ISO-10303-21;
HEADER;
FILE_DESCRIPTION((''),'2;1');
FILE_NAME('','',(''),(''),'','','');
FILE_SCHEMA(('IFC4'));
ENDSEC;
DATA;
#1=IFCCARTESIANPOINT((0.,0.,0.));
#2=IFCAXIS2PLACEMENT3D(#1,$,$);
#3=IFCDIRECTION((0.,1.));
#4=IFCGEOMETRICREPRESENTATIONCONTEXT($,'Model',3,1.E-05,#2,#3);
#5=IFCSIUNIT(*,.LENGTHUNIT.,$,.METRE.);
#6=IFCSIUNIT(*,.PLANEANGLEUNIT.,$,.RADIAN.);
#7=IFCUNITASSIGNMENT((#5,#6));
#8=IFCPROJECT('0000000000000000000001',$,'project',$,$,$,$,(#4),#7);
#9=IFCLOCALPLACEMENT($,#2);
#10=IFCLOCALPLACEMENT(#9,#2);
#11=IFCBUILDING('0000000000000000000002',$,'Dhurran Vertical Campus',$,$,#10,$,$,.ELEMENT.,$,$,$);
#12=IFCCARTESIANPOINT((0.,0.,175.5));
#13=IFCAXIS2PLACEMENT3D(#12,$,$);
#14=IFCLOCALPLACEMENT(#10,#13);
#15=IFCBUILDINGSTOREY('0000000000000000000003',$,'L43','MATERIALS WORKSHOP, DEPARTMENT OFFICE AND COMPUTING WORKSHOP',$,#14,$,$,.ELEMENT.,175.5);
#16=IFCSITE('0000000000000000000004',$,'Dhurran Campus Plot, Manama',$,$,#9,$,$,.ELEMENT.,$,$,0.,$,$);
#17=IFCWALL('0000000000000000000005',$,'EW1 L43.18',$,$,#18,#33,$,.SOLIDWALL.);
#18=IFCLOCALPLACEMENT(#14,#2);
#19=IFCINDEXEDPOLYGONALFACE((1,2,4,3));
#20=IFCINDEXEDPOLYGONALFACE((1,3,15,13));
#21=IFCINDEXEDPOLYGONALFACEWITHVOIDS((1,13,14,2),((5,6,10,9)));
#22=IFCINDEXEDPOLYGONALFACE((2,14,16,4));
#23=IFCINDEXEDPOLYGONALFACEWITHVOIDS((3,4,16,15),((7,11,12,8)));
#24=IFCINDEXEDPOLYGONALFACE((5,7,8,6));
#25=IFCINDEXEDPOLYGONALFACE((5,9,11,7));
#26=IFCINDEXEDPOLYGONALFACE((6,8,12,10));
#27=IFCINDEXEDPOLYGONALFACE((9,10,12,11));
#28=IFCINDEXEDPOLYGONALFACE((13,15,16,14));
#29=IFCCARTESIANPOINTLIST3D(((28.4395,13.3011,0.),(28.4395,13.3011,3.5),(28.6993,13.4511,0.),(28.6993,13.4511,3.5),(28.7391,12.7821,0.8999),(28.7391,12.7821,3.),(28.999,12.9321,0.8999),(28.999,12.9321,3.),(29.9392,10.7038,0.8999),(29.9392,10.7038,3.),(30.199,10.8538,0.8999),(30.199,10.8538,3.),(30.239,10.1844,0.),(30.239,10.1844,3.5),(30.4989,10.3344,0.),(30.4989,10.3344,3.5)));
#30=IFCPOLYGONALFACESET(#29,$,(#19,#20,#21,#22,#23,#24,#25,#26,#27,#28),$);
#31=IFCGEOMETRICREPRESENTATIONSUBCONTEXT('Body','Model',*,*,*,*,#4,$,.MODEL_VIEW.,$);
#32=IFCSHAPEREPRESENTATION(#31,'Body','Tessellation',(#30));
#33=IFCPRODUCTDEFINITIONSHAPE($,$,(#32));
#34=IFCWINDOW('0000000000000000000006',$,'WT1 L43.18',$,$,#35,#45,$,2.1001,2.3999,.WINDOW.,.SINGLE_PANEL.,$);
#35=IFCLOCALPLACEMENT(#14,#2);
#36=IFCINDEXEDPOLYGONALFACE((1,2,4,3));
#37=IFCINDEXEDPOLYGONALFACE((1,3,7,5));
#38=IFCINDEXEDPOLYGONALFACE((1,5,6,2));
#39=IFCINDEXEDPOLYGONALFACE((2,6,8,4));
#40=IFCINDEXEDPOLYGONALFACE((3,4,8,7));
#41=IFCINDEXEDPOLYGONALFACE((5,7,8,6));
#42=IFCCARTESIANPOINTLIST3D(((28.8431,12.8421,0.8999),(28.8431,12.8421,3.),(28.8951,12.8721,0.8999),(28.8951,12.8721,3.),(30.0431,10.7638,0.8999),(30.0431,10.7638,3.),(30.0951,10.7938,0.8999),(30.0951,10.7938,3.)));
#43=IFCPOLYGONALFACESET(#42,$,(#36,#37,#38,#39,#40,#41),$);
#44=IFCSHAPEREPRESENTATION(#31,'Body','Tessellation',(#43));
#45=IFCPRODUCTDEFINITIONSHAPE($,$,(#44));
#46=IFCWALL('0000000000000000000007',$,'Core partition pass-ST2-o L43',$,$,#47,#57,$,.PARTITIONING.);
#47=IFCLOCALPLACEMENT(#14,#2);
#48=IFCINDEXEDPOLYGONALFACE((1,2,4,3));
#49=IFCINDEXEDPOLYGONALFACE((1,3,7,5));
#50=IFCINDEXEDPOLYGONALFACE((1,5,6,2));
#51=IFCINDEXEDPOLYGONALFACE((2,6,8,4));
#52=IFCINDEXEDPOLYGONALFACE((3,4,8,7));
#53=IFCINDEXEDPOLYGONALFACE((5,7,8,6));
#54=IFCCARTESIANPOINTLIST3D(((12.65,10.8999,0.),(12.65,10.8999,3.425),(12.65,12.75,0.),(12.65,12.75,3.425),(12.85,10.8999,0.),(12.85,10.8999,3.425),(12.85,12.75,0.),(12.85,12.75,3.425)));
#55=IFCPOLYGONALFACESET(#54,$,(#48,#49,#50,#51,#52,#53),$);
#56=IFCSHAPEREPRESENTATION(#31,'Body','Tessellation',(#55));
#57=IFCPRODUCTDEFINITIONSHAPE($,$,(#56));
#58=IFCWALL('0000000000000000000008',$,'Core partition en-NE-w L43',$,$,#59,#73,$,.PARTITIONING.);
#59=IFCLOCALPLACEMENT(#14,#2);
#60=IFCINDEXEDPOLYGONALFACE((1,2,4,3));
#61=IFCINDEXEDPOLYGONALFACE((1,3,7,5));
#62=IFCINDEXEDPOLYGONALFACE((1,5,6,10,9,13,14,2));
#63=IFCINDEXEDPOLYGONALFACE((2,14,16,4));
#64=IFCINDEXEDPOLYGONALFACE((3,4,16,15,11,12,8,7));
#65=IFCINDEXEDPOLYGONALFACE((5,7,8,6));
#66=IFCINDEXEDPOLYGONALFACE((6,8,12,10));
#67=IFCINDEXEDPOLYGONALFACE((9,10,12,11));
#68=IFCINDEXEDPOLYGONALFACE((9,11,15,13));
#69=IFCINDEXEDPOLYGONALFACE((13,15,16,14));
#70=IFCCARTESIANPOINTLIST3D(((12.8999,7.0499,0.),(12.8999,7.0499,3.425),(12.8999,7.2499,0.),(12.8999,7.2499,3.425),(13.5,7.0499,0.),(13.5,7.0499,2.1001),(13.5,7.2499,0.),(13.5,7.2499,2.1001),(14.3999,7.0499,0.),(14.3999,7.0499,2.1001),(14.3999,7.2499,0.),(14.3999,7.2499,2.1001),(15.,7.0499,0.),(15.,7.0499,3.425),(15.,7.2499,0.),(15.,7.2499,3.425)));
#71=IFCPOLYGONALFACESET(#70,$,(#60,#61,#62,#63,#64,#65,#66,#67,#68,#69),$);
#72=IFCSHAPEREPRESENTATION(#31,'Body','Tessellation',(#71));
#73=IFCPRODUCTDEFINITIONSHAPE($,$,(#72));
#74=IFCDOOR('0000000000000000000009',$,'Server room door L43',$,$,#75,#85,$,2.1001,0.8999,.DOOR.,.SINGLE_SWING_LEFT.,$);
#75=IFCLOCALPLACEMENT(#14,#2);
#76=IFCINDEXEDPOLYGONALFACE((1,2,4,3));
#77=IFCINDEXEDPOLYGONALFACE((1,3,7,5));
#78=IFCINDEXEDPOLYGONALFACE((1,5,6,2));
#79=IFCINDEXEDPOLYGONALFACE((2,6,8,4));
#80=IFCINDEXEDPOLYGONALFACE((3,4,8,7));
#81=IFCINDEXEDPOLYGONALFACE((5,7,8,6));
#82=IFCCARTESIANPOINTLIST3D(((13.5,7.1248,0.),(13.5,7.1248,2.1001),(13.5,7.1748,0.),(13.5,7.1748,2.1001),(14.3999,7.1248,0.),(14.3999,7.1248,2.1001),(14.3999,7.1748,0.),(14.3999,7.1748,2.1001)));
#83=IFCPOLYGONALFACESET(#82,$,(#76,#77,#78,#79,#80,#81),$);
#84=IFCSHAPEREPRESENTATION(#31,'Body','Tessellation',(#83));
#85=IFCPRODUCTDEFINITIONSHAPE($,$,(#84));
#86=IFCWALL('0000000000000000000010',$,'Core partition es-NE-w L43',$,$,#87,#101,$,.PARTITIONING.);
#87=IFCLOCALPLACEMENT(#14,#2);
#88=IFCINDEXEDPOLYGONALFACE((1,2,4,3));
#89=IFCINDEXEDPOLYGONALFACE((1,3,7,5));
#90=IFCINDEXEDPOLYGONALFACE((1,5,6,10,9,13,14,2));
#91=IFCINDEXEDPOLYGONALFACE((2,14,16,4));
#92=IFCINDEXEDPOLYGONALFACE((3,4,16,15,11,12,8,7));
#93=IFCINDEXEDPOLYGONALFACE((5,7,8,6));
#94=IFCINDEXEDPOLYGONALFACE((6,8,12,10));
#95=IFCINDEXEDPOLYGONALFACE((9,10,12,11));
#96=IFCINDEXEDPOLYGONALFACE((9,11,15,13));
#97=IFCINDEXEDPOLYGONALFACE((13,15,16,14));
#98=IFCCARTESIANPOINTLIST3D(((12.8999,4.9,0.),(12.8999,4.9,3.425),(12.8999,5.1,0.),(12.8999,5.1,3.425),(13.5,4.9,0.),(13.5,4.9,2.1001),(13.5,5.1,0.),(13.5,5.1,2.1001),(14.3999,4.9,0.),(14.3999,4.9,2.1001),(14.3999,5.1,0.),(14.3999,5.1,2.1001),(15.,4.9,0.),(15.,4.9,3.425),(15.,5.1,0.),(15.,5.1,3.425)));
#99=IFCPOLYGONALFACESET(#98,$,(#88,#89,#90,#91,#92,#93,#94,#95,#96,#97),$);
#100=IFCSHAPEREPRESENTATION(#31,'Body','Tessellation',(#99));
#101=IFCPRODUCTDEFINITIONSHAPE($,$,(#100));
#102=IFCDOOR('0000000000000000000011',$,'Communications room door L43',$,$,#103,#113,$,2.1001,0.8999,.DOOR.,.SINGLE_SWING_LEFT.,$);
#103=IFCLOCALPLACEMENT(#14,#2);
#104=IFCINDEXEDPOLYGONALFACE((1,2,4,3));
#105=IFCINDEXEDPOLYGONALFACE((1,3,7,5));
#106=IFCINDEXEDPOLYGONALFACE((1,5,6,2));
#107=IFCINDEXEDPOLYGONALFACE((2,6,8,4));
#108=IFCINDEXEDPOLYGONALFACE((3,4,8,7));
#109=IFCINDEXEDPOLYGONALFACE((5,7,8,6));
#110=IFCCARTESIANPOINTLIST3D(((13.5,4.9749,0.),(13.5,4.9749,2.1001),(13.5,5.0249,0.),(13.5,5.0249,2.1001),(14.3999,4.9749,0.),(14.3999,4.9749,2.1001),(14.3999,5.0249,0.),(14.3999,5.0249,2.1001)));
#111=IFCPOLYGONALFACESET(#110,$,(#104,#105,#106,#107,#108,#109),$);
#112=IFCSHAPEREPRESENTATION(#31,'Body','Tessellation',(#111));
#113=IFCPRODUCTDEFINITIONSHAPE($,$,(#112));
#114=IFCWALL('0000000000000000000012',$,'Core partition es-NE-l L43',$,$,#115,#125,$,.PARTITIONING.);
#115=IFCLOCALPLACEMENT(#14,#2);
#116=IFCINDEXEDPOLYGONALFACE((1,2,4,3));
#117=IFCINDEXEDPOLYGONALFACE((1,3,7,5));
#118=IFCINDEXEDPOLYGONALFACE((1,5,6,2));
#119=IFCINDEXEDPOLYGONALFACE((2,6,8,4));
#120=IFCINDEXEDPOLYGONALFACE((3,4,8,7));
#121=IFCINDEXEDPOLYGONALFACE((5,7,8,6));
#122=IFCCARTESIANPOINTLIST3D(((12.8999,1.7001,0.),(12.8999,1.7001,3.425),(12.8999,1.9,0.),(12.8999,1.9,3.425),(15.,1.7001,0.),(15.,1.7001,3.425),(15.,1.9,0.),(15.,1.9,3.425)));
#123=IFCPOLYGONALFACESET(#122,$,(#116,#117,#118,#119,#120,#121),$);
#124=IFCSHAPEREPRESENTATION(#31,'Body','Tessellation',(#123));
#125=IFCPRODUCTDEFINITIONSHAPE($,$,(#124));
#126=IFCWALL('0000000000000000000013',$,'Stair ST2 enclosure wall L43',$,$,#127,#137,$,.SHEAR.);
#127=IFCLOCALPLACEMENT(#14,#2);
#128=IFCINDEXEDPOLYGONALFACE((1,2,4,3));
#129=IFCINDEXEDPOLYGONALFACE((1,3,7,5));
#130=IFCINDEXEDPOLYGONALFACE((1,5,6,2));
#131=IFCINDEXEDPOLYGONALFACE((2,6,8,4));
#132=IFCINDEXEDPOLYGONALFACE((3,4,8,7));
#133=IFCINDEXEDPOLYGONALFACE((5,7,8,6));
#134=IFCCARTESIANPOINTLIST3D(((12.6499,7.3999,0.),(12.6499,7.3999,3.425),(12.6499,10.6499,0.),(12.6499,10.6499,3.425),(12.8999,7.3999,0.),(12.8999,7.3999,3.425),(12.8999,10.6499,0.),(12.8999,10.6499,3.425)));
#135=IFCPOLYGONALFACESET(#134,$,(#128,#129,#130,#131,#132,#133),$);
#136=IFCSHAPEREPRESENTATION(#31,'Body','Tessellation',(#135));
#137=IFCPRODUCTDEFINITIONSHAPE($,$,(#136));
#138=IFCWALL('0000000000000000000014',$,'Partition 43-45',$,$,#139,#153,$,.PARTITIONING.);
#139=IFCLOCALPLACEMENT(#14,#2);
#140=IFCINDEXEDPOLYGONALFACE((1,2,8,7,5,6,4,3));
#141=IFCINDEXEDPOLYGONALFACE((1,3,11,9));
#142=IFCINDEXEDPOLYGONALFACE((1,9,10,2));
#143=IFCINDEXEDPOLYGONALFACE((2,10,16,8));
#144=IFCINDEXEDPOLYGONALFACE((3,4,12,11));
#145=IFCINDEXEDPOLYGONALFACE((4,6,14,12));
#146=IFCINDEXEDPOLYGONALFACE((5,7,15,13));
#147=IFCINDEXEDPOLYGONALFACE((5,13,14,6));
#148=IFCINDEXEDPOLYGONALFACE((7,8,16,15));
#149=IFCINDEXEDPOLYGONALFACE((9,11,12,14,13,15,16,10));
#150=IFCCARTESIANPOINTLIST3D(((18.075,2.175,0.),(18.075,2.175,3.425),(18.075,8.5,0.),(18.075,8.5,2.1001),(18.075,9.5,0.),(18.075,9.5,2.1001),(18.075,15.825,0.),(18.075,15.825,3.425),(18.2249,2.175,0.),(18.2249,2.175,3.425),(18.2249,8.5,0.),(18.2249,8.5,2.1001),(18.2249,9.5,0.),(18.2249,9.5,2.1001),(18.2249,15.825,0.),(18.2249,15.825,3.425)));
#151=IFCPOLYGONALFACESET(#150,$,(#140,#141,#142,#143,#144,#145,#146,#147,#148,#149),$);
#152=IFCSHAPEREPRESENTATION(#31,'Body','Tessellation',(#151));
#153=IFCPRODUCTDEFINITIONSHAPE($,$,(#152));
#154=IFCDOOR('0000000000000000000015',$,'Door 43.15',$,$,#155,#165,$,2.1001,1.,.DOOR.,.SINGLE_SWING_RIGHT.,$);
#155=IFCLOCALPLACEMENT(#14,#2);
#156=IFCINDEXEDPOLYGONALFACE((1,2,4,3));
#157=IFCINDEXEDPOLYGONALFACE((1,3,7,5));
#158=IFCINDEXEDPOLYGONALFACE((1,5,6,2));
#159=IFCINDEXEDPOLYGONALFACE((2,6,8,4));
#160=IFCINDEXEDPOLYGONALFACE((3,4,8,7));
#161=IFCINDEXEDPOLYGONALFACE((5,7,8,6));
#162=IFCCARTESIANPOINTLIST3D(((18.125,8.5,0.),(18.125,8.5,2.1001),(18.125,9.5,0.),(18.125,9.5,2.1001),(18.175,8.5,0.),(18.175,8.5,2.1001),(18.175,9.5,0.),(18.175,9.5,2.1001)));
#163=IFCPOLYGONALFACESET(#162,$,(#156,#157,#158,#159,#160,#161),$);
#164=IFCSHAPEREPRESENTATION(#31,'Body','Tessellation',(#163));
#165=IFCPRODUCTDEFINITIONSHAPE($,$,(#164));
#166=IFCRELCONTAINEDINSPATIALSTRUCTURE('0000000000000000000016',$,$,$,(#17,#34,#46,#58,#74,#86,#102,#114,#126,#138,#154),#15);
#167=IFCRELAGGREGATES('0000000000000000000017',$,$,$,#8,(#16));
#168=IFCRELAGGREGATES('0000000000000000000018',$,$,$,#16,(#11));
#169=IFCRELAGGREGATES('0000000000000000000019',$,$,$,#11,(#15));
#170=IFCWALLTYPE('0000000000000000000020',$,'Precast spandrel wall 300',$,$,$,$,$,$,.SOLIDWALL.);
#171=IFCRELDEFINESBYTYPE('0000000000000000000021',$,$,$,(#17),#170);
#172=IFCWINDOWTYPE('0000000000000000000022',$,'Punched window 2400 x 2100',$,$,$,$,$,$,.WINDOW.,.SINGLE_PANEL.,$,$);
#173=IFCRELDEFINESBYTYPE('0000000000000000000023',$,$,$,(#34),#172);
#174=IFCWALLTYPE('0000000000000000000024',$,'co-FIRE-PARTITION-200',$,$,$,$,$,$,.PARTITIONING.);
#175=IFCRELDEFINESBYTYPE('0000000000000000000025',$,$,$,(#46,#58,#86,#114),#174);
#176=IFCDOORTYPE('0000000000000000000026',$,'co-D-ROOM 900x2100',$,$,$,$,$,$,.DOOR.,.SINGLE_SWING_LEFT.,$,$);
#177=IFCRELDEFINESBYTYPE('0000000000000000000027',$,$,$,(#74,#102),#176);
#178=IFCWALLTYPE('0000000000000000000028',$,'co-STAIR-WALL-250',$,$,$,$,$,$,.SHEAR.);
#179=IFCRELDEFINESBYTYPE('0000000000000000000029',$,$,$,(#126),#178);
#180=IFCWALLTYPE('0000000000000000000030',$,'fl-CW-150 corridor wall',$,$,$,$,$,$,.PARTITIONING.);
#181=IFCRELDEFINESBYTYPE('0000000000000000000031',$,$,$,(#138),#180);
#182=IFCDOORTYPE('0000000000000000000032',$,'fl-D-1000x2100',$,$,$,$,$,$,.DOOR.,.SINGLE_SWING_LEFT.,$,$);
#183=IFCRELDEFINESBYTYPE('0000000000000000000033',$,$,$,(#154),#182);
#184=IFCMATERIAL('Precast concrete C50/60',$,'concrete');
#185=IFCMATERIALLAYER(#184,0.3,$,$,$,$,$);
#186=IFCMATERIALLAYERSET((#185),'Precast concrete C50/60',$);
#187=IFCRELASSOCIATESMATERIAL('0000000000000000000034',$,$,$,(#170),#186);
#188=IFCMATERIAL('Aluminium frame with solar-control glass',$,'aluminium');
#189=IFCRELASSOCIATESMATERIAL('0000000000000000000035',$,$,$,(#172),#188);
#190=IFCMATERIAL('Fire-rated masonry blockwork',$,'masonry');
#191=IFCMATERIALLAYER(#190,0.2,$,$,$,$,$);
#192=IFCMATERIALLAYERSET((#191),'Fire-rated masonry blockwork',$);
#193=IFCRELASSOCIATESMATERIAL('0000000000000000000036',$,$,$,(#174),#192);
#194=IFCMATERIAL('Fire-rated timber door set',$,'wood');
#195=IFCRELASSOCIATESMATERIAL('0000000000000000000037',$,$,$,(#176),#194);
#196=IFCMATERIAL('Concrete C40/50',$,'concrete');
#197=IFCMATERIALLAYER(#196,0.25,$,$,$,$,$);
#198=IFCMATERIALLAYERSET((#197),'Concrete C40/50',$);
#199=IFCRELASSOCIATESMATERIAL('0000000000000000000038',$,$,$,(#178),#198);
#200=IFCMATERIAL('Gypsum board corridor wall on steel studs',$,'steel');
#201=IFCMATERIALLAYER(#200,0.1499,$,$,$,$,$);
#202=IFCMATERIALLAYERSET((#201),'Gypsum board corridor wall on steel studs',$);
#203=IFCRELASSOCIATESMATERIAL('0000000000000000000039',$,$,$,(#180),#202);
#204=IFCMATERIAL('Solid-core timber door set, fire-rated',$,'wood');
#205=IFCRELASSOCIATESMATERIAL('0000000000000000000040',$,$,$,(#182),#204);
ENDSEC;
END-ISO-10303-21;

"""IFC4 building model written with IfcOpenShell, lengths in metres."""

from ifc_helpers import new_model, si_unit, direction, frame, frame_2d, origin, place, context, subcontext, project, spatial, rectangle, extrude, material, layer, layer_set, type_object, element, fill, save


model = new_model("IFC4")

# Units and contexts
model_context = context("Model", 3, precision=1e-05, world=origin(), true_north=direction((0.0, 1.0)))
body_context = subcontext(model_context, "Body", "Model", "MODEL_VIEW")
ifc_project = project(units=[si_unit("LENGTHUNIT", "METRE"), si_unit("PLANEANGLEUNIT", "RADIAN")], contexts=[model_context])

# Site, building, storey
site_placement = place(None, origin())
site = spatial("IfcSite", under=ifc_project, at=site_placement, Name="Dhurran Campus Plot, Manama", CompositionType="ELEMENT", RefElevation=0.0)
building_placement = place(site_placement, origin())
building = spatial("IfcBuilding", under=site, at=building_placement, Name="Dhurran Vertical Campus", CompositionType="ELEMENT")
storey_placement = place(building_placement, frame((0.0, 0.0, 175.5)))
storey = spatial("IfcBuildingStorey", under=building, at=storey_placement, Name="L43", Description="MATERIALS WORKSHOP, DEPARTMENT OFFICE AND COMPUTING WORKSHOP", CompositionType="ELEMENT", Elevation=175.5)

# Wall, opening, window
ifc_material_1 = material(Name="Precast concrete C50/60", Category="concrete")
ifc_layer_1 = layer(ifc_material_1, 0.3)
ifc_layer_set_1 = layer_set([ifc_layer_1], Name="Precast concrete C50/60")
wall_type_1 = type_object("IfcWallType", Name="Precast spandrel wall 300", PredefinedType="SOLIDWALL", material=ifc_layer_set_1)
ifc_material_2 = material(Name="Aluminium frame with solar-control glass", Category="aluminium")
window_type = type_object("IfcWindowType", Name="Punched window 2400 x 2100", PartitioningType="SINGLE_PANEL", PredefinedType="WINDOW", material=ifc_material_2)
wall_1_placement = place(storey_placement, frame((30.3689, 10.2595, 0.0), z_axis=(0.0, 0.0, 1.0), x_axis=(-0.500028, 0.866009, 0.0)))
wall_1 = element("IfcWall", 1, at=wall_1_placement, inside=storey, type_object=wall_type_1, Name="EW1 L43.18", PredefinedType="SOLIDWALL", context=body_context, shape_type="SweptSolid", body=[
    extrude(rectangle(XDim=3.5989, YDim=0.3, at=frame_2d((1.7993, 0.0))), origin(), (0.0, 0.0, 1.0), 3.5),
])
opening_1_placement = place(wall_1_placement, frame((0.5996, 0.0, 0.8999)))
opening_1 = element("IfcOpeningElement", 2, at=opening_1_placement, cuts=wall_1, PredefinedType="OPENING", context=body_context, shape_type="SweptSolid", body=[
    extrude(rectangle(XDim=2.3999, YDim=2.1001, at=frame_2d((1.2, 1.05))), frame((0.0, 0.1599, 0.0), z_axis=(0.0, -1.0, 0.0), x_axis=(1.0, 0.0, 0.0)), (0.0, 0.0, 1.0), 0.3201),
])
window_1_placement = place(opening_1_placement, origin())
window_1 = element("IfcWindow", 3, at=window_1_placement, inside=storey, type_object=window_type, Name="WT1 L43.18", OverallHeight=2.1001, OverallWidth=2.3999, PartitioningType="SINGLE_PANEL", PredefinedType="WINDOW", context=body_context, shape_type="SweptSolid", body=[
    extrude(rectangle(XDim=2.3999, YDim=2.1001, at=frame_2d((1.2, 1.05))), frame((0.0, 0.03, 0.0), z_axis=(0.0, -1.0, 0.0), x_axis=(1.0, 0.0, 0.0)), (0.0, 0.0, 1.0), 0.0601),
])
fill(opening_1, window_1)

# Wall
ifc_material_3 = material(Name="Fire-rated masonry blockwork", Category="masonry")
ifc_layer_2 = layer(ifc_material_3, 0.2)
ifc_layer_set_2 = layer_set([ifc_layer_2], Name="Fire-rated masonry blockwork")
wall_type_2 = type_object("IfcWallType", Name="co-FIRE-PARTITION-200", PredefinedType="PARTITIONING", material=ifc_layer_set_2)
wall_2_placement = place(storey_placement, frame((12.75, 10.8999, 0.0), z_axis=(0.0, 0.0, 1.0), x_axis=(0.0, 1.0, 0.0)))
element("IfcWall", 4, at=wall_2_placement, inside=storey, type_object=wall_type_2, Name="Core partition pass-ST2-o L43", PredefinedType="PARTITIONING", context=body_context, shape_type="SweptSolid", body=[
    extrude(rectangle(XDim=1.8501, YDim=0.2, at=frame_2d((0.925, 0.0))), origin(), (0.0, 0.0, 1.0), 3.425),
])

# Walls, openings, doors
wall_3_placement = place(storey_placement, frame((12.8999, 7.1499, 0.0), z_axis=(0.0, 0.0, 1.0), x_axis=(1.0, 0.0, 0.0)))
wall_3 = element("IfcWall", 5, at=wall_3_placement, inside=storey, type_object=wall_type_2, Name="Core partition en-NE-w L43", PredefinedType="PARTITIONING", context=body_context, shape_type="SweptSolid", body=[
    extrude(rectangle(XDim=2.1001, YDim=0.2, at=frame_2d((1.05, 0.0))), origin(), (0.0, 0.0, 1.0), 3.425),
])
opening_2_placement = place(wall_3_placement, frame((0.6001, 0.0, 0.0)))
opening_2 = element("IfcOpeningElement", 6, at=opening_2_placement, cuts=wall_3, PredefinedType="OPENING", context=body_context, shape_type="SweptSolid", body=[
    extrude(rectangle(XDim=0.8999, YDim=2.1001, at=frame_2d((0.45, 1.05))), frame((0.0, 0.1099, 0.0), z_axis=(0.0, -1.0, 0.0), x_axis=(1.0, 0.0, 0.0)), (0.0, 0.0, 1.0), 0.22),
])
ifc_material_4 = material(Name="Fire-rated timber door set", Category="wood")
door_type_1 = type_object("IfcDoorType", Name="co-D-ROOM 900x2100", OperationType="SINGLE_SWING_LEFT", PredefinedType="DOOR", material=ifc_material_4)
door_1_placement = place(opening_2_placement, origin())
door_1 = element("IfcDoor", 7, at=door_1_placement, inside=storey, type_object=door_type_1, Name="Server room door L43", OperationType="SINGLE_SWING_LEFT", OverallHeight=2.1001, OverallWidth=0.8999, PredefinedType="DOOR", context=body_context, shape_type="SweptSolid", body=[
    extrude(rectangle(XDim=0.8999, YDim=2.1001, at=frame_2d((0.45, 1.05))), frame((0.0, 0.0249, 0.0), z_axis=(0.0, -1.0, 0.0), x_axis=(1.0, 0.0, 0.0)), (0.0, 0.0, 1.0), 0.05),
])
fill(opening_2, door_1)
wall_4_placement = place(storey_placement, frame((12.8999, 5.0, 0.0), z_axis=(0.0, 0.0, 1.0), x_axis=(1.0, 0.0, 0.0)))
wall_4 = element("IfcWall", 8, at=wall_4_placement, inside=storey, type_object=wall_type_2, Name="Core partition es-NE-w L43", PredefinedType="PARTITIONING", context=body_context, shape_type="SweptSolid", body=[
    extrude(rectangle(XDim=2.1001, YDim=0.2, at=frame_2d((1.05, 0.0))), origin(), (0.0, 0.0, 1.0), 3.425),
])
opening_3_placement = place(wall_4_placement, frame((0.6001, 0.0, 0.0)))
opening_3 = element("IfcOpeningElement", 9, at=opening_3_placement, cuts=wall_4, PredefinedType="OPENING", context=body_context, shape_type="SweptSolid", body=[
    extrude(rectangle(XDim=0.8999, YDim=2.1001, at=frame_2d((0.45, 1.05))), frame((0.0, 0.1099, 0.0), z_axis=(0.0, -1.0, 0.0), x_axis=(1.0, 0.0, 0.0)), (0.0, 0.0, 1.0), 0.22),
])
door_2_placement = place(opening_3_placement, origin())
door_2 = element("IfcDoor", 10, at=door_2_placement, inside=storey, type_object=door_type_1, Name="Communications room door L43", OperationType="SINGLE_SWING_LEFT", OverallHeight=2.1001, OverallWidth=0.8999, PredefinedType="DOOR", context=body_context, shape_type="SweptSolid", body=[
    extrude(rectangle(XDim=0.8999, YDim=2.1001, at=frame_2d((0.45, 1.05))), frame((0.0, 0.0249, 0.0), z_axis=(0.0, -1.0, 0.0), x_axis=(1.0, 0.0, 0.0)), (0.0, 0.0, 1.0), 0.05),
])
fill(opening_3, door_2)

# Walls
wall_5_placement = place(storey_placement, frame((12.8999, 1.8, 0.0), z_axis=(0.0, 0.0, 1.0), x_axis=(1.0, 0.0, 0.0)))
element("IfcWall", 11, at=wall_5_placement, inside=storey, type_object=wall_type_2, Name="Core partition es-NE-l L43", PredefinedType="PARTITIONING", context=body_context, shape_type="SweptSolid", body=[
    extrude(rectangle(XDim=2.1001, YDim=0.2, at=frame_2d((1.05, 0.0))), origin(), (0.0, 0.0, 1.0), 3.425),
])
ifc_material_5 = material(Name="Concrete C40/50", Category="concrete")
ifc_layer_3 = layer(ifc_material_5, 0.25)
ifc_layer_set_3 = layer_set([ifc_layer_3], Name="Concrete C40/50")
wall_type_3 = type_object("IfcWallType", Name="co-STAIR-WALL-250", PredefinedType="SHEAR", material=ifc_layer_set_3)
wall_6_placement = place(storey_placement, frame((12.7749, 7.3999, 0.0), z_axis=(0.0, 0.0, 1.0), x_axis=(0.0, 1.0, 0.0)))
element("IfcWall", 12, at=wall_6_placement, inside=storey, type_object=wall_type_3, Name="Stair ST2 enclosure wall L43", PredefinedType="SHEAR", context=body_context, shape_type="SweptSolid", body=[
    extrude(rectangle(XDim=3.25, YDim=0.25, at=frame_2d((1.625, 0.0))), origin(), (0.0, 0.0, 1.0), 3.425),
])

# Wall, opening, door
ifc_material_6 = material(Name="Gypsum board corridor wall on steel studs", Category="steel")
ifc_layer_4 = layer(ifc_material_6, 0.1499)
ifc_layer_set_4 = layer_set([ifc_layer_4], Name="Gypsum board corridor wall on steel studs")
wall_type_4 = type_object("IfcWallType", Name="fl-CW-150 corridor wall", PredefinedType="PARTITIONING", material=ifc_layer_set_4)
wall_7_placement = place(storey_placement, frame((18.1499, 2.175, 0.0), z_axis=(0.0, 0.0, 1.0), x_axis=(0.0, 1.0, 0.0)))
wall_7 = element("IfcWall", 13, at=wall_7_placement, inside=storey, type_object=wall_type_4, Name="Partition 43-45", PredefinedType="PARTITIONING", context=body_context, shape_type="SweptSolid", body=[
    extrude(rectangle(XDim=13.6499, YDim=0.1499, at=frame_2d((6.825, 0.0))), origin(), (0.0, 0.0, 1.0), 3.425),
])
opening_4_placement = place(wall_7_placement, frame((6.325, 0.0, 0.0)))
opening_4 = element("IfcOpeningElement", 14, at=opening_4_placement, cuts=wall_7, PredefinedType="OPENING", context=body_context, shape_type="SweptSolid", body=[
    extrude(rectangle(XDim=1.0, YDim=2.1001, at=frame_2d((0.5, 1.05))), frame((0.0, 0.085, 0.0), z_axis=(0.0, -1.0, 0.0), x_axis=(1.0, 0.0, 0.0)), (0.0, 0.0, 1.0), 0.1699),
])
ifc_material_7 = material(Name="Solid-core timber door set, fire-rated", Category="wood")
door_type_2 = type_object("IfcDoorType", Name="fl-D-1000x2100", OperationType="SINGLE_SWING_LEFT", PredefinedType="DOOR", material=ifc_material_7)
door_3_placement = place(opening_4_placement, origin())
door_3 = element("IfcDoor", 15, at=door_3_placement, inside=storey, type_object=door_type_2, Name="Door 43.15", OperationType="SINGLE_SWING_RIGHT", OverallHeight=2.1001, OverallWidth=1.0, PredefinedType="DOOR", context=body_context, shape_type="SweptSolid", body=[
    extrude(rectangle(XDim=1.0, YDim=2.1001, at=frame_2d((0.5, 1.05))), frame((0.0, 0.0249, 0.0), z_axis=(0.0, -1.0, 0.0), x_axis=(1.0, 0.0, 0.0)), (0.0, 0.0, 1.0), 0.05),
])
fill(opening_4, door_3)

save(model, "model.ifc")
